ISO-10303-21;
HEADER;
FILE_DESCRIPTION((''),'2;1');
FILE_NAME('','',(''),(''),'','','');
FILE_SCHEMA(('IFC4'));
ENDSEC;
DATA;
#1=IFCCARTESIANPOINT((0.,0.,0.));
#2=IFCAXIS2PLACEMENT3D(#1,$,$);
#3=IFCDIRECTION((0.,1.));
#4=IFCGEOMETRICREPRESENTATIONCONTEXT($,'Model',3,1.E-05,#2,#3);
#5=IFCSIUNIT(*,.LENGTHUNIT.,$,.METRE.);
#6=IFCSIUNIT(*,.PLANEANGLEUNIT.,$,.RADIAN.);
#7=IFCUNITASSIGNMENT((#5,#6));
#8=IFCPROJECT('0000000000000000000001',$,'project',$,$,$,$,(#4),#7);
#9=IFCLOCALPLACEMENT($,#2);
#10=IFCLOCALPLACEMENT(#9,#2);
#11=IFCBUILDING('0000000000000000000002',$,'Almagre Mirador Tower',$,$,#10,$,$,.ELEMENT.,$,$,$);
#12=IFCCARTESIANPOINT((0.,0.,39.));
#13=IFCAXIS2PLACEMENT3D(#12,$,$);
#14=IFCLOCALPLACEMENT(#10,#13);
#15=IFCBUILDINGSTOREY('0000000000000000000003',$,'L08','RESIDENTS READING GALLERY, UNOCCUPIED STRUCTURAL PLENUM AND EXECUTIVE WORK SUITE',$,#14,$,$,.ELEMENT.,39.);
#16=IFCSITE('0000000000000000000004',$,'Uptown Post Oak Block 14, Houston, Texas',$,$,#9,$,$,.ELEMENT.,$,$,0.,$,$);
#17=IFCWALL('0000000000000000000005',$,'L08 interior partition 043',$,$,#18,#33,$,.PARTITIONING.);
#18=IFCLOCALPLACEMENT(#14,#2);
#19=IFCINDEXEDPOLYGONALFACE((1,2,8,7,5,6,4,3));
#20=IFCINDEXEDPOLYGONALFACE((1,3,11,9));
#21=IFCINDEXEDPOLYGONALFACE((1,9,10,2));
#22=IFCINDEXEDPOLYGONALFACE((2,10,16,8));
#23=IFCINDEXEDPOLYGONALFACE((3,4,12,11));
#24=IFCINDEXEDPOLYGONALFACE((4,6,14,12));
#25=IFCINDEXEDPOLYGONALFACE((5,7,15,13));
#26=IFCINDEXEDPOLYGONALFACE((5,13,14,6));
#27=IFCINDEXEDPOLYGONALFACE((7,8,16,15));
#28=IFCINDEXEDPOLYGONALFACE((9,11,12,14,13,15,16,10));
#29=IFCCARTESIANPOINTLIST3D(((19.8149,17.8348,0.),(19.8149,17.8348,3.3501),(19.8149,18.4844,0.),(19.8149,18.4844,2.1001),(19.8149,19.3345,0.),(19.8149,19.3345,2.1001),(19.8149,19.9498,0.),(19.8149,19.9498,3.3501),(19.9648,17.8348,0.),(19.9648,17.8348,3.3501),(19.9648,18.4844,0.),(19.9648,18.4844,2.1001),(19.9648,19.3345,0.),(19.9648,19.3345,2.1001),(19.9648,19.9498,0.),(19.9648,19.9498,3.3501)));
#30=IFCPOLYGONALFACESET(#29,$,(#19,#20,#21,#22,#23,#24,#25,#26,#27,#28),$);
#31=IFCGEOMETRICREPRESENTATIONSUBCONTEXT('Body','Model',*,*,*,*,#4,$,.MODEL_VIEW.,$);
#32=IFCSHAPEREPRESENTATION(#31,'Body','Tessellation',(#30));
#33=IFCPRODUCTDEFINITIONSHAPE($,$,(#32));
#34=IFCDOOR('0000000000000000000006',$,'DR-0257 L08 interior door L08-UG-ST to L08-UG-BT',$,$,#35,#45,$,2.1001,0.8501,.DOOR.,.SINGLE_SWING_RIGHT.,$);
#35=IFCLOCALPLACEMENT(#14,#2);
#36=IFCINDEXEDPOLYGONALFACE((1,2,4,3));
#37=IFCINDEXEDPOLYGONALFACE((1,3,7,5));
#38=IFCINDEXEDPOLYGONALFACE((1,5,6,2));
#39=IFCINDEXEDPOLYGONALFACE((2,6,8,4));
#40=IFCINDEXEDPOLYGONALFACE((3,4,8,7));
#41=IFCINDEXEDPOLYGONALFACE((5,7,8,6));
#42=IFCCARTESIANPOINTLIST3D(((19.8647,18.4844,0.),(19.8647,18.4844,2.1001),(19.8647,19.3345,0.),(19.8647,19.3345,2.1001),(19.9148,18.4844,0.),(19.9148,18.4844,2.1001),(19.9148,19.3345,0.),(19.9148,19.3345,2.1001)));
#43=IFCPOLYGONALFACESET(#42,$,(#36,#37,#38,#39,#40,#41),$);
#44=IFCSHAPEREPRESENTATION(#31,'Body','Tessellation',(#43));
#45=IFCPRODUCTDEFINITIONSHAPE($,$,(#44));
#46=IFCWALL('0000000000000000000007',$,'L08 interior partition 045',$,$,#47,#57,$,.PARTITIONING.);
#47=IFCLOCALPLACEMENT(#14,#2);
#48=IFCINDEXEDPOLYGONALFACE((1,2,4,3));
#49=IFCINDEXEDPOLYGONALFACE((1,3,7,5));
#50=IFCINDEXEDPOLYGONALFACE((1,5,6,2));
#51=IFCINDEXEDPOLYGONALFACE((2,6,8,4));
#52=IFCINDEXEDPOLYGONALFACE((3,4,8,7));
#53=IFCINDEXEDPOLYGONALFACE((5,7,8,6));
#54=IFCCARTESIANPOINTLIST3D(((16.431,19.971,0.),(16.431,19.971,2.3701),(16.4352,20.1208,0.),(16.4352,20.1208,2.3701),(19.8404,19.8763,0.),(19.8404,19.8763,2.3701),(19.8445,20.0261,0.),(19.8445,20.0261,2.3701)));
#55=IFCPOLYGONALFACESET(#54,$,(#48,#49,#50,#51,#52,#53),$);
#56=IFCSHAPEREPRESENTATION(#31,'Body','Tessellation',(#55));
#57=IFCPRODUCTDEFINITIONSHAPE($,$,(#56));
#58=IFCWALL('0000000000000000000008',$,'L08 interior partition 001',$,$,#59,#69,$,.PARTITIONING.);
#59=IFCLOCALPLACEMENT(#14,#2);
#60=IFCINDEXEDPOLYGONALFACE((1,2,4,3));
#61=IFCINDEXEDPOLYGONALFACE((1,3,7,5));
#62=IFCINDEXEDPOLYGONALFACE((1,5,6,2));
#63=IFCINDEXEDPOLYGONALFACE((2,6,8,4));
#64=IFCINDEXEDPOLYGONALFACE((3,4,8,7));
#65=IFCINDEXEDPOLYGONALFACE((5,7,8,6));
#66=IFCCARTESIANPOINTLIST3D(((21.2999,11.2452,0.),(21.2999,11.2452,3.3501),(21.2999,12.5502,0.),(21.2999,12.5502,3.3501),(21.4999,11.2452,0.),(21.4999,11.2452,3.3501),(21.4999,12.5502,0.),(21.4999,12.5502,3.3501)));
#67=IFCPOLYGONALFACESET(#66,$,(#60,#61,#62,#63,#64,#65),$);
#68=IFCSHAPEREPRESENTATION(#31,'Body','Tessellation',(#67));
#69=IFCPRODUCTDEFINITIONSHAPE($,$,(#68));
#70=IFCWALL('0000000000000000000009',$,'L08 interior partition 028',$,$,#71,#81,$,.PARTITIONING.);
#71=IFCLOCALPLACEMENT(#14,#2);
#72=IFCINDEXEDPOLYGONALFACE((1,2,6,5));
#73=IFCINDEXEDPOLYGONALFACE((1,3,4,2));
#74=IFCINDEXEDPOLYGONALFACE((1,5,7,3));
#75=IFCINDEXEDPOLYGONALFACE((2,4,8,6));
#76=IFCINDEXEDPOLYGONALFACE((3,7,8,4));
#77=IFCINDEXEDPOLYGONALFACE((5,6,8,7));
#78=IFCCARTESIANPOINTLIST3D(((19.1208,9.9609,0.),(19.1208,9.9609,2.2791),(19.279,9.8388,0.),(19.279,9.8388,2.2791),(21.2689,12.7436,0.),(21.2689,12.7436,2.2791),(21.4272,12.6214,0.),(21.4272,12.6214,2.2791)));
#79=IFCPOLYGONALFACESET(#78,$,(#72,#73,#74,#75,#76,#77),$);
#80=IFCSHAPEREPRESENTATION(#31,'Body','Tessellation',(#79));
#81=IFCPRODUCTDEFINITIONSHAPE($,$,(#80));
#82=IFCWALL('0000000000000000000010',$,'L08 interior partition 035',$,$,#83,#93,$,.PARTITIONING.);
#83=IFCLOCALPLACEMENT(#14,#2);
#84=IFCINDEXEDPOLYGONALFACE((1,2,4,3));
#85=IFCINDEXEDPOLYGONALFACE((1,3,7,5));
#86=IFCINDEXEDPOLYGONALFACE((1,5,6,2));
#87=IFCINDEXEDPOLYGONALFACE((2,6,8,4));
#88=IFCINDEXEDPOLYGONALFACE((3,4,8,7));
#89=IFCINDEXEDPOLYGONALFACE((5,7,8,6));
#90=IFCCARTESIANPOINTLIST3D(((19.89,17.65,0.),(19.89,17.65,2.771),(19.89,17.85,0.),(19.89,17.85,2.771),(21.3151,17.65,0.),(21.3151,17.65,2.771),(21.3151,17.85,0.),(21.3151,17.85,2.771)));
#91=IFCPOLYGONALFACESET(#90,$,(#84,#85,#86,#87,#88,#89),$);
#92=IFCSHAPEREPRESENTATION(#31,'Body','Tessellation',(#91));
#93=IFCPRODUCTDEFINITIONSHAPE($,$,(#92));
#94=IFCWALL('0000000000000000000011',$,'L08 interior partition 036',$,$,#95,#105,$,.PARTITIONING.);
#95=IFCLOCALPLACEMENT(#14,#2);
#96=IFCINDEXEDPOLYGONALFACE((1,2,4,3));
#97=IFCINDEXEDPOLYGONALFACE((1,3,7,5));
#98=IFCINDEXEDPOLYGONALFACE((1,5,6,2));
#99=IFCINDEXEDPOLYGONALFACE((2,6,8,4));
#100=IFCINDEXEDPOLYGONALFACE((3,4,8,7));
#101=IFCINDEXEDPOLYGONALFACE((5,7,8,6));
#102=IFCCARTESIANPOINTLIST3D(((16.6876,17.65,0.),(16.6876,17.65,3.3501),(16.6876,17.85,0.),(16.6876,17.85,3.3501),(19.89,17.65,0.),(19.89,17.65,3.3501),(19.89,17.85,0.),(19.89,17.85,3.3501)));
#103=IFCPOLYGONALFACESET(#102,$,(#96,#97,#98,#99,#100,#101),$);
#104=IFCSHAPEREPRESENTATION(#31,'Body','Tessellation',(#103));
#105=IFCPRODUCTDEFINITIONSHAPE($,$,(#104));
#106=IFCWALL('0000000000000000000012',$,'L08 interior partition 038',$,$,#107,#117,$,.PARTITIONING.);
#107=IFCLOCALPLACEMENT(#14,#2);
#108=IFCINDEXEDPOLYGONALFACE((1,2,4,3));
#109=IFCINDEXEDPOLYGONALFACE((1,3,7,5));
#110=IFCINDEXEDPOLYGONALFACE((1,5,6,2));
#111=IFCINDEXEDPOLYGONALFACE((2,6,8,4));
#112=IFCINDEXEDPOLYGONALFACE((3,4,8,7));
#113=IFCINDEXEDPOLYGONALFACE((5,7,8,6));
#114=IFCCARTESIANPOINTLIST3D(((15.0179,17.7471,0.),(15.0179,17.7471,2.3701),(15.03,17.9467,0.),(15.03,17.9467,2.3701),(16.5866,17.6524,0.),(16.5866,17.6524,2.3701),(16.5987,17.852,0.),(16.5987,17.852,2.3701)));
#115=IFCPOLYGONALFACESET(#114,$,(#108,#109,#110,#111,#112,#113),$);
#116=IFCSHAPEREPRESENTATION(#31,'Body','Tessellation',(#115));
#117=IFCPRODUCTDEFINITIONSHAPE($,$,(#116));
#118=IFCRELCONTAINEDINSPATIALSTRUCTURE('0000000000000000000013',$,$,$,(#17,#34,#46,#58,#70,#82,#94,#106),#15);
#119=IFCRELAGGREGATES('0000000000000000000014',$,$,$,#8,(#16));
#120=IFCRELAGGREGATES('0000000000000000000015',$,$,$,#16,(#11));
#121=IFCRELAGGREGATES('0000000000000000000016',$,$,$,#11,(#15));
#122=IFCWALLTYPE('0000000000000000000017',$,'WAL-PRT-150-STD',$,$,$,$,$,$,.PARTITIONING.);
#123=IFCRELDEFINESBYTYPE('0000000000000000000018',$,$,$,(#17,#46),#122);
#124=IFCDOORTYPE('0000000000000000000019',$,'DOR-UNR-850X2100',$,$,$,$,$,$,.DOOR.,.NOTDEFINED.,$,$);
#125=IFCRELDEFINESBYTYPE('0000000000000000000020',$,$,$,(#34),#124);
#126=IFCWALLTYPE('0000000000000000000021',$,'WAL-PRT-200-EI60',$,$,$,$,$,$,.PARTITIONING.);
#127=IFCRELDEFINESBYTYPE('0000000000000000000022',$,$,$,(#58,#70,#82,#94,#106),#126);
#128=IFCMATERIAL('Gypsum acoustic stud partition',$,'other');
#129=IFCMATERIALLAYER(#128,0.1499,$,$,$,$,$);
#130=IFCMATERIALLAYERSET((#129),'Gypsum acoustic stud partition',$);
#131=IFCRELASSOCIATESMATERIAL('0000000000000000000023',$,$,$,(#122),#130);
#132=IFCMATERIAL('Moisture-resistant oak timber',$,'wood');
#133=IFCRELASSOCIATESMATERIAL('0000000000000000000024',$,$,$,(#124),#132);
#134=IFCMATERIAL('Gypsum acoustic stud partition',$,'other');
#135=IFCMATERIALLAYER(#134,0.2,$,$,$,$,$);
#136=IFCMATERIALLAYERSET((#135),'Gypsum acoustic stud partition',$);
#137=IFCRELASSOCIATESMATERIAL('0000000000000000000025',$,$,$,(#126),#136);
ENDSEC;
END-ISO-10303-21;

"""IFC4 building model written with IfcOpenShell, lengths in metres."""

from ifc_helpers import new_model, si_unit, direction, frame, frame_2d, origin, place, context, subcontext, project, spatial, rectangle, extrude, material, layer, layer_set, type_object, element, fill, save


model = new_model("IFC4")

# Units and contexts
model_context = context("Model", 3, precision=1e-05, world=origin(), true_north=direction((0.0, 1.0)))
body_context = subcontext(model_context, "Body", "Model", "MODEL_VIEW")
ifc_project = project(units=[si_unit("LENGTHUNIT", "METRE"), si_unit("PLANEANGLEUNIT", "RADIAN")], contexts=[model_context])

# Site, building, storey
site_placement = place(None, origin())
site = spatial("IfcSite", under=ifc_project, at=site_placement, Name="Uptown Post Oak Block 14, Houston, Texas", CompositionType="ELEMENT", RefElevation=0.0)
building_placement = place(site_placement, origin())
building = spatial("IfcBuilding", under=site, at=building_placement, Name="Almagre Mirador Tower", CompositionType="ELEMENT")
storey_placement = place(building_placement, frame((0.0, 0.0, 39.0)))
storey = spatial("IfcBuildingStorey", under=building, at=storey_placement, Name="L08", Description="RESIDENTS READING GALLERY, UNOCCUPIED STRUCTURAL PLENUM AND EXECUTIVE WORK SUITE", CompositionType="ELEMENT", Elevation=39.0)

# Shared definitions
ifc_material_1 = material(Name="Gypsum acoustic stud partition", Category="other")
ifc_layer_1 = layer(ifc_material_1, 0.1499)
ifc_layer_set_1 = layer_set([ifc_layer_1], Name="Gypsum acoustic stud partition")
wall_type_1 = type_object("IfcWallType", Name="WAL-PRT-150-STD", PredefinedType="PARTITIONING", material=ifc_layer_set_1)
ifc_material_2 = material(Name="Moisture-resistant oak timber", Category="wood")
door_type_1 = type_object("IfcDoorType", Name="DOR-UNR-850X2100", OperationType="NOTDEFINED", PredefinedType="DOOR", material=ifc_material_2)

# Wall, opening, door
wall_1_placement = place(storey_placement, frame((19.8899, 19.95, 0.0), z_axis=(0.0, 0.0, 1.0), x_axis=(0.0, -1.0, 0.0)))
wall_1 = element("IfcWall", 1, at=wall_1_placement, inside=storey, type_object=wall_type_1, Name="L08 interior partition 043", PredefinedType="PARTITIONING", context=body_context, shape_type="SweptSolid", body=[
    extrude(rectangle(XDim=2.115, YDim=0.1499, at=frame_2d((1.0576, 0.0))), origin(), (0.0, 0.0, 1.0), 3.3501),
])
opening_1_placement = place(wall_1_placement, frame((0.6155, 0.0, 0.0)))
opening_1 = element("IfcOpeningElement", 2, at=opening_1_placement, cuts=wall_1, PredefinedType="OPENING", context=body_context, shape_type="SweptSolid", body=[
    extrude(rectangle(XDim=0.8501, YDim=2.1001, at=frame_2d((0.425, 1.05))), frame((0.0, 0.085, 0.0), z_axis=(0.0, -1.0, 0.0), x_axis=(1.0, 0.0, 0.0)), (0.0, 0.0, 1.0), 0.1699),
])
door_1_placement = place(opening_1_placement, origin())
door_1 = element("IfcDoor", 3, at=door_1_placement, inside=storey, type_object=door_type_1, Name="DR-0257 L08 interior door L08-UG-ST to L08-UG-BT", OperationType="SINGLE_SWING_RIGHT", OverallHeight=2.1001, OverallWidth=0.8501, PredefinedType="DOOR", context=body_context, shape_type="SweptSolid", body=[
    extrude(rectangle(XDim=0.8501, YDim=2.1001, at=frame_2d((0.425, 1.05))), frame((0.0, 0.0249, 0.0), z_axis=(0.0, -1.0, 0.0), x_axis=(1.0, 0.0, 0.0)), (0.0, 0.0, 1.0), 0.05),
])
fill(opening_1, door_1)

# Walls
wall_2_placement = place(storey_placement, frame((16.4331, 20.0459, 0.0), z_axis=(0.0, 0.0, 1.0), x_axis=(0.999614, -0.027773, 0.0)))
element("IfcWall", 4, at=wall_2_placement, inside=storey, type_object=wall_type_1, Name="L08 interior partition 045", PredefinedType="PARTITIONING", context=body_context, shape_type="SweptSolid", body=[
    extrude(rectangle(XDim=3.4106, YDim=0.1499, at=frame_2d((1.7053, 0.0))), origin(), (0.0, 0.0, 1.0), 2.3701),
])
ifc_material_3 = material(Name="Gypsum acoustic stud partition", Category="other")
ifc_layer_2 = layer(ifc_material_3, 0.2)
ifc_layer_set_2 = layer_set([ifc_layer_2], Name="Gypsum acoustic stud partition")
wall_type_2 = type_object("IfcWallType", Name="WAL-PRT-200-EI60", PredefinedType="PARTITIONING", material=ifc_layer_set_2)
wall_3_placement = place(storey_placement, frame((21.3999, 12.55, 0.0), z_axis=(0.0, 0.0, 1.0), x_axis=(0.0, -1.0, 0.0)))
element("IfcWall", 5, at=wall_3_placement, inside=storey, type_object=wall_type_2, Name="L08 interior partition 001", PredefinedType="PARTITIONING", context=body_context, shape_type="SweptSolid", body=[
    extrude(rectangle(XDim=1.3049, YDim=0.2, at=frame_2d((0.6523, 0.0))), origin(), (0.0, 0.0, 1.0), 3.3501),
])
wall_4_placement = place(storey_placement, frame((21.3481, 12.6826, 0.0), z_axis=(0.0, 0.0, 1.0), x_axis=(-0.611076, -0.791572, 0.0)))
element("IfcWall", 6, at=wall_4_placement, inside=storey, type_object=wall_type_2, Name="L08 interior partition 028", PredefinedType="PARTITIONING", context=body_context, shape_type="SweptSolid", body=[
    extrude(rectangle(XDim=3.5154, YDim=0.2, at=frame_2d((1.7578, 0.0))), origin(), (0.0, 0.0, 1.0), 2.2791),
])
wall_5_placement = place(storey_placement, frame((21.3149, 17.75, 0.0), z_axis=(0.0, 0.0, 1.0), x_axis=(-1.0, 0.0, 0.0)))
element("IfcWall", 7, at=wall_5_placement, inside=storey, type_object=wall_type_2, Name="L08 interior partition 035", PredefinedType="PARTITIONING", context=body_context, shape_type="SweptSolid", body=[
    extrude(rectangle(XDim=1.425, YDim=0.2, at=frame_2d((0.7124, 0.0))), origin(), (0.0, 0.0, 1.0), 2.771),
])
wall_6_placement = place(storey_placement, frame((19.8899, 17.75, 0.0), z_axis=(0.0, 0.0, 1.0), x_axis=(-1.0, 0.0, 0.0)))
element("IfcWall", 8, at=wall_6_placement, inside=storey, type_object=wall_type_2, Name="L08 interior partition 036", PredefinedType="PARTITIONING", context=body_context, shape_type="SweptSolid", body=[
    extrude(rectangle(XDim=3.2024, YDim=0.2, at=frame_2d((1.6011, 0.0))), origin(), (0.0, 0.0, 1.0), 3.3501),
])
wall_7_placement = place(storey_placement, frame((16.5925, 17.7522, 0.0), z_axis=(0.0, 0.0, 1.0), x_axis=(-0.998182, 0.060279, 0.0)))
element("IfcWall", 9, at=wall_7_placement, inside=storey, type_object=wall_type_2, Name="L08 interior partition 038", PredefinedType="PARTITIONING", context=body_context, shape_type="SweptSolid", body=[
    extrude(rectangle(XDim=1.5715, YDim=0.2, at=frame_2d((0.7856, 0.0))), origin(), (0.0, 0.0, 1.0), 2.3701),
])

save(model, "model.ifc")
